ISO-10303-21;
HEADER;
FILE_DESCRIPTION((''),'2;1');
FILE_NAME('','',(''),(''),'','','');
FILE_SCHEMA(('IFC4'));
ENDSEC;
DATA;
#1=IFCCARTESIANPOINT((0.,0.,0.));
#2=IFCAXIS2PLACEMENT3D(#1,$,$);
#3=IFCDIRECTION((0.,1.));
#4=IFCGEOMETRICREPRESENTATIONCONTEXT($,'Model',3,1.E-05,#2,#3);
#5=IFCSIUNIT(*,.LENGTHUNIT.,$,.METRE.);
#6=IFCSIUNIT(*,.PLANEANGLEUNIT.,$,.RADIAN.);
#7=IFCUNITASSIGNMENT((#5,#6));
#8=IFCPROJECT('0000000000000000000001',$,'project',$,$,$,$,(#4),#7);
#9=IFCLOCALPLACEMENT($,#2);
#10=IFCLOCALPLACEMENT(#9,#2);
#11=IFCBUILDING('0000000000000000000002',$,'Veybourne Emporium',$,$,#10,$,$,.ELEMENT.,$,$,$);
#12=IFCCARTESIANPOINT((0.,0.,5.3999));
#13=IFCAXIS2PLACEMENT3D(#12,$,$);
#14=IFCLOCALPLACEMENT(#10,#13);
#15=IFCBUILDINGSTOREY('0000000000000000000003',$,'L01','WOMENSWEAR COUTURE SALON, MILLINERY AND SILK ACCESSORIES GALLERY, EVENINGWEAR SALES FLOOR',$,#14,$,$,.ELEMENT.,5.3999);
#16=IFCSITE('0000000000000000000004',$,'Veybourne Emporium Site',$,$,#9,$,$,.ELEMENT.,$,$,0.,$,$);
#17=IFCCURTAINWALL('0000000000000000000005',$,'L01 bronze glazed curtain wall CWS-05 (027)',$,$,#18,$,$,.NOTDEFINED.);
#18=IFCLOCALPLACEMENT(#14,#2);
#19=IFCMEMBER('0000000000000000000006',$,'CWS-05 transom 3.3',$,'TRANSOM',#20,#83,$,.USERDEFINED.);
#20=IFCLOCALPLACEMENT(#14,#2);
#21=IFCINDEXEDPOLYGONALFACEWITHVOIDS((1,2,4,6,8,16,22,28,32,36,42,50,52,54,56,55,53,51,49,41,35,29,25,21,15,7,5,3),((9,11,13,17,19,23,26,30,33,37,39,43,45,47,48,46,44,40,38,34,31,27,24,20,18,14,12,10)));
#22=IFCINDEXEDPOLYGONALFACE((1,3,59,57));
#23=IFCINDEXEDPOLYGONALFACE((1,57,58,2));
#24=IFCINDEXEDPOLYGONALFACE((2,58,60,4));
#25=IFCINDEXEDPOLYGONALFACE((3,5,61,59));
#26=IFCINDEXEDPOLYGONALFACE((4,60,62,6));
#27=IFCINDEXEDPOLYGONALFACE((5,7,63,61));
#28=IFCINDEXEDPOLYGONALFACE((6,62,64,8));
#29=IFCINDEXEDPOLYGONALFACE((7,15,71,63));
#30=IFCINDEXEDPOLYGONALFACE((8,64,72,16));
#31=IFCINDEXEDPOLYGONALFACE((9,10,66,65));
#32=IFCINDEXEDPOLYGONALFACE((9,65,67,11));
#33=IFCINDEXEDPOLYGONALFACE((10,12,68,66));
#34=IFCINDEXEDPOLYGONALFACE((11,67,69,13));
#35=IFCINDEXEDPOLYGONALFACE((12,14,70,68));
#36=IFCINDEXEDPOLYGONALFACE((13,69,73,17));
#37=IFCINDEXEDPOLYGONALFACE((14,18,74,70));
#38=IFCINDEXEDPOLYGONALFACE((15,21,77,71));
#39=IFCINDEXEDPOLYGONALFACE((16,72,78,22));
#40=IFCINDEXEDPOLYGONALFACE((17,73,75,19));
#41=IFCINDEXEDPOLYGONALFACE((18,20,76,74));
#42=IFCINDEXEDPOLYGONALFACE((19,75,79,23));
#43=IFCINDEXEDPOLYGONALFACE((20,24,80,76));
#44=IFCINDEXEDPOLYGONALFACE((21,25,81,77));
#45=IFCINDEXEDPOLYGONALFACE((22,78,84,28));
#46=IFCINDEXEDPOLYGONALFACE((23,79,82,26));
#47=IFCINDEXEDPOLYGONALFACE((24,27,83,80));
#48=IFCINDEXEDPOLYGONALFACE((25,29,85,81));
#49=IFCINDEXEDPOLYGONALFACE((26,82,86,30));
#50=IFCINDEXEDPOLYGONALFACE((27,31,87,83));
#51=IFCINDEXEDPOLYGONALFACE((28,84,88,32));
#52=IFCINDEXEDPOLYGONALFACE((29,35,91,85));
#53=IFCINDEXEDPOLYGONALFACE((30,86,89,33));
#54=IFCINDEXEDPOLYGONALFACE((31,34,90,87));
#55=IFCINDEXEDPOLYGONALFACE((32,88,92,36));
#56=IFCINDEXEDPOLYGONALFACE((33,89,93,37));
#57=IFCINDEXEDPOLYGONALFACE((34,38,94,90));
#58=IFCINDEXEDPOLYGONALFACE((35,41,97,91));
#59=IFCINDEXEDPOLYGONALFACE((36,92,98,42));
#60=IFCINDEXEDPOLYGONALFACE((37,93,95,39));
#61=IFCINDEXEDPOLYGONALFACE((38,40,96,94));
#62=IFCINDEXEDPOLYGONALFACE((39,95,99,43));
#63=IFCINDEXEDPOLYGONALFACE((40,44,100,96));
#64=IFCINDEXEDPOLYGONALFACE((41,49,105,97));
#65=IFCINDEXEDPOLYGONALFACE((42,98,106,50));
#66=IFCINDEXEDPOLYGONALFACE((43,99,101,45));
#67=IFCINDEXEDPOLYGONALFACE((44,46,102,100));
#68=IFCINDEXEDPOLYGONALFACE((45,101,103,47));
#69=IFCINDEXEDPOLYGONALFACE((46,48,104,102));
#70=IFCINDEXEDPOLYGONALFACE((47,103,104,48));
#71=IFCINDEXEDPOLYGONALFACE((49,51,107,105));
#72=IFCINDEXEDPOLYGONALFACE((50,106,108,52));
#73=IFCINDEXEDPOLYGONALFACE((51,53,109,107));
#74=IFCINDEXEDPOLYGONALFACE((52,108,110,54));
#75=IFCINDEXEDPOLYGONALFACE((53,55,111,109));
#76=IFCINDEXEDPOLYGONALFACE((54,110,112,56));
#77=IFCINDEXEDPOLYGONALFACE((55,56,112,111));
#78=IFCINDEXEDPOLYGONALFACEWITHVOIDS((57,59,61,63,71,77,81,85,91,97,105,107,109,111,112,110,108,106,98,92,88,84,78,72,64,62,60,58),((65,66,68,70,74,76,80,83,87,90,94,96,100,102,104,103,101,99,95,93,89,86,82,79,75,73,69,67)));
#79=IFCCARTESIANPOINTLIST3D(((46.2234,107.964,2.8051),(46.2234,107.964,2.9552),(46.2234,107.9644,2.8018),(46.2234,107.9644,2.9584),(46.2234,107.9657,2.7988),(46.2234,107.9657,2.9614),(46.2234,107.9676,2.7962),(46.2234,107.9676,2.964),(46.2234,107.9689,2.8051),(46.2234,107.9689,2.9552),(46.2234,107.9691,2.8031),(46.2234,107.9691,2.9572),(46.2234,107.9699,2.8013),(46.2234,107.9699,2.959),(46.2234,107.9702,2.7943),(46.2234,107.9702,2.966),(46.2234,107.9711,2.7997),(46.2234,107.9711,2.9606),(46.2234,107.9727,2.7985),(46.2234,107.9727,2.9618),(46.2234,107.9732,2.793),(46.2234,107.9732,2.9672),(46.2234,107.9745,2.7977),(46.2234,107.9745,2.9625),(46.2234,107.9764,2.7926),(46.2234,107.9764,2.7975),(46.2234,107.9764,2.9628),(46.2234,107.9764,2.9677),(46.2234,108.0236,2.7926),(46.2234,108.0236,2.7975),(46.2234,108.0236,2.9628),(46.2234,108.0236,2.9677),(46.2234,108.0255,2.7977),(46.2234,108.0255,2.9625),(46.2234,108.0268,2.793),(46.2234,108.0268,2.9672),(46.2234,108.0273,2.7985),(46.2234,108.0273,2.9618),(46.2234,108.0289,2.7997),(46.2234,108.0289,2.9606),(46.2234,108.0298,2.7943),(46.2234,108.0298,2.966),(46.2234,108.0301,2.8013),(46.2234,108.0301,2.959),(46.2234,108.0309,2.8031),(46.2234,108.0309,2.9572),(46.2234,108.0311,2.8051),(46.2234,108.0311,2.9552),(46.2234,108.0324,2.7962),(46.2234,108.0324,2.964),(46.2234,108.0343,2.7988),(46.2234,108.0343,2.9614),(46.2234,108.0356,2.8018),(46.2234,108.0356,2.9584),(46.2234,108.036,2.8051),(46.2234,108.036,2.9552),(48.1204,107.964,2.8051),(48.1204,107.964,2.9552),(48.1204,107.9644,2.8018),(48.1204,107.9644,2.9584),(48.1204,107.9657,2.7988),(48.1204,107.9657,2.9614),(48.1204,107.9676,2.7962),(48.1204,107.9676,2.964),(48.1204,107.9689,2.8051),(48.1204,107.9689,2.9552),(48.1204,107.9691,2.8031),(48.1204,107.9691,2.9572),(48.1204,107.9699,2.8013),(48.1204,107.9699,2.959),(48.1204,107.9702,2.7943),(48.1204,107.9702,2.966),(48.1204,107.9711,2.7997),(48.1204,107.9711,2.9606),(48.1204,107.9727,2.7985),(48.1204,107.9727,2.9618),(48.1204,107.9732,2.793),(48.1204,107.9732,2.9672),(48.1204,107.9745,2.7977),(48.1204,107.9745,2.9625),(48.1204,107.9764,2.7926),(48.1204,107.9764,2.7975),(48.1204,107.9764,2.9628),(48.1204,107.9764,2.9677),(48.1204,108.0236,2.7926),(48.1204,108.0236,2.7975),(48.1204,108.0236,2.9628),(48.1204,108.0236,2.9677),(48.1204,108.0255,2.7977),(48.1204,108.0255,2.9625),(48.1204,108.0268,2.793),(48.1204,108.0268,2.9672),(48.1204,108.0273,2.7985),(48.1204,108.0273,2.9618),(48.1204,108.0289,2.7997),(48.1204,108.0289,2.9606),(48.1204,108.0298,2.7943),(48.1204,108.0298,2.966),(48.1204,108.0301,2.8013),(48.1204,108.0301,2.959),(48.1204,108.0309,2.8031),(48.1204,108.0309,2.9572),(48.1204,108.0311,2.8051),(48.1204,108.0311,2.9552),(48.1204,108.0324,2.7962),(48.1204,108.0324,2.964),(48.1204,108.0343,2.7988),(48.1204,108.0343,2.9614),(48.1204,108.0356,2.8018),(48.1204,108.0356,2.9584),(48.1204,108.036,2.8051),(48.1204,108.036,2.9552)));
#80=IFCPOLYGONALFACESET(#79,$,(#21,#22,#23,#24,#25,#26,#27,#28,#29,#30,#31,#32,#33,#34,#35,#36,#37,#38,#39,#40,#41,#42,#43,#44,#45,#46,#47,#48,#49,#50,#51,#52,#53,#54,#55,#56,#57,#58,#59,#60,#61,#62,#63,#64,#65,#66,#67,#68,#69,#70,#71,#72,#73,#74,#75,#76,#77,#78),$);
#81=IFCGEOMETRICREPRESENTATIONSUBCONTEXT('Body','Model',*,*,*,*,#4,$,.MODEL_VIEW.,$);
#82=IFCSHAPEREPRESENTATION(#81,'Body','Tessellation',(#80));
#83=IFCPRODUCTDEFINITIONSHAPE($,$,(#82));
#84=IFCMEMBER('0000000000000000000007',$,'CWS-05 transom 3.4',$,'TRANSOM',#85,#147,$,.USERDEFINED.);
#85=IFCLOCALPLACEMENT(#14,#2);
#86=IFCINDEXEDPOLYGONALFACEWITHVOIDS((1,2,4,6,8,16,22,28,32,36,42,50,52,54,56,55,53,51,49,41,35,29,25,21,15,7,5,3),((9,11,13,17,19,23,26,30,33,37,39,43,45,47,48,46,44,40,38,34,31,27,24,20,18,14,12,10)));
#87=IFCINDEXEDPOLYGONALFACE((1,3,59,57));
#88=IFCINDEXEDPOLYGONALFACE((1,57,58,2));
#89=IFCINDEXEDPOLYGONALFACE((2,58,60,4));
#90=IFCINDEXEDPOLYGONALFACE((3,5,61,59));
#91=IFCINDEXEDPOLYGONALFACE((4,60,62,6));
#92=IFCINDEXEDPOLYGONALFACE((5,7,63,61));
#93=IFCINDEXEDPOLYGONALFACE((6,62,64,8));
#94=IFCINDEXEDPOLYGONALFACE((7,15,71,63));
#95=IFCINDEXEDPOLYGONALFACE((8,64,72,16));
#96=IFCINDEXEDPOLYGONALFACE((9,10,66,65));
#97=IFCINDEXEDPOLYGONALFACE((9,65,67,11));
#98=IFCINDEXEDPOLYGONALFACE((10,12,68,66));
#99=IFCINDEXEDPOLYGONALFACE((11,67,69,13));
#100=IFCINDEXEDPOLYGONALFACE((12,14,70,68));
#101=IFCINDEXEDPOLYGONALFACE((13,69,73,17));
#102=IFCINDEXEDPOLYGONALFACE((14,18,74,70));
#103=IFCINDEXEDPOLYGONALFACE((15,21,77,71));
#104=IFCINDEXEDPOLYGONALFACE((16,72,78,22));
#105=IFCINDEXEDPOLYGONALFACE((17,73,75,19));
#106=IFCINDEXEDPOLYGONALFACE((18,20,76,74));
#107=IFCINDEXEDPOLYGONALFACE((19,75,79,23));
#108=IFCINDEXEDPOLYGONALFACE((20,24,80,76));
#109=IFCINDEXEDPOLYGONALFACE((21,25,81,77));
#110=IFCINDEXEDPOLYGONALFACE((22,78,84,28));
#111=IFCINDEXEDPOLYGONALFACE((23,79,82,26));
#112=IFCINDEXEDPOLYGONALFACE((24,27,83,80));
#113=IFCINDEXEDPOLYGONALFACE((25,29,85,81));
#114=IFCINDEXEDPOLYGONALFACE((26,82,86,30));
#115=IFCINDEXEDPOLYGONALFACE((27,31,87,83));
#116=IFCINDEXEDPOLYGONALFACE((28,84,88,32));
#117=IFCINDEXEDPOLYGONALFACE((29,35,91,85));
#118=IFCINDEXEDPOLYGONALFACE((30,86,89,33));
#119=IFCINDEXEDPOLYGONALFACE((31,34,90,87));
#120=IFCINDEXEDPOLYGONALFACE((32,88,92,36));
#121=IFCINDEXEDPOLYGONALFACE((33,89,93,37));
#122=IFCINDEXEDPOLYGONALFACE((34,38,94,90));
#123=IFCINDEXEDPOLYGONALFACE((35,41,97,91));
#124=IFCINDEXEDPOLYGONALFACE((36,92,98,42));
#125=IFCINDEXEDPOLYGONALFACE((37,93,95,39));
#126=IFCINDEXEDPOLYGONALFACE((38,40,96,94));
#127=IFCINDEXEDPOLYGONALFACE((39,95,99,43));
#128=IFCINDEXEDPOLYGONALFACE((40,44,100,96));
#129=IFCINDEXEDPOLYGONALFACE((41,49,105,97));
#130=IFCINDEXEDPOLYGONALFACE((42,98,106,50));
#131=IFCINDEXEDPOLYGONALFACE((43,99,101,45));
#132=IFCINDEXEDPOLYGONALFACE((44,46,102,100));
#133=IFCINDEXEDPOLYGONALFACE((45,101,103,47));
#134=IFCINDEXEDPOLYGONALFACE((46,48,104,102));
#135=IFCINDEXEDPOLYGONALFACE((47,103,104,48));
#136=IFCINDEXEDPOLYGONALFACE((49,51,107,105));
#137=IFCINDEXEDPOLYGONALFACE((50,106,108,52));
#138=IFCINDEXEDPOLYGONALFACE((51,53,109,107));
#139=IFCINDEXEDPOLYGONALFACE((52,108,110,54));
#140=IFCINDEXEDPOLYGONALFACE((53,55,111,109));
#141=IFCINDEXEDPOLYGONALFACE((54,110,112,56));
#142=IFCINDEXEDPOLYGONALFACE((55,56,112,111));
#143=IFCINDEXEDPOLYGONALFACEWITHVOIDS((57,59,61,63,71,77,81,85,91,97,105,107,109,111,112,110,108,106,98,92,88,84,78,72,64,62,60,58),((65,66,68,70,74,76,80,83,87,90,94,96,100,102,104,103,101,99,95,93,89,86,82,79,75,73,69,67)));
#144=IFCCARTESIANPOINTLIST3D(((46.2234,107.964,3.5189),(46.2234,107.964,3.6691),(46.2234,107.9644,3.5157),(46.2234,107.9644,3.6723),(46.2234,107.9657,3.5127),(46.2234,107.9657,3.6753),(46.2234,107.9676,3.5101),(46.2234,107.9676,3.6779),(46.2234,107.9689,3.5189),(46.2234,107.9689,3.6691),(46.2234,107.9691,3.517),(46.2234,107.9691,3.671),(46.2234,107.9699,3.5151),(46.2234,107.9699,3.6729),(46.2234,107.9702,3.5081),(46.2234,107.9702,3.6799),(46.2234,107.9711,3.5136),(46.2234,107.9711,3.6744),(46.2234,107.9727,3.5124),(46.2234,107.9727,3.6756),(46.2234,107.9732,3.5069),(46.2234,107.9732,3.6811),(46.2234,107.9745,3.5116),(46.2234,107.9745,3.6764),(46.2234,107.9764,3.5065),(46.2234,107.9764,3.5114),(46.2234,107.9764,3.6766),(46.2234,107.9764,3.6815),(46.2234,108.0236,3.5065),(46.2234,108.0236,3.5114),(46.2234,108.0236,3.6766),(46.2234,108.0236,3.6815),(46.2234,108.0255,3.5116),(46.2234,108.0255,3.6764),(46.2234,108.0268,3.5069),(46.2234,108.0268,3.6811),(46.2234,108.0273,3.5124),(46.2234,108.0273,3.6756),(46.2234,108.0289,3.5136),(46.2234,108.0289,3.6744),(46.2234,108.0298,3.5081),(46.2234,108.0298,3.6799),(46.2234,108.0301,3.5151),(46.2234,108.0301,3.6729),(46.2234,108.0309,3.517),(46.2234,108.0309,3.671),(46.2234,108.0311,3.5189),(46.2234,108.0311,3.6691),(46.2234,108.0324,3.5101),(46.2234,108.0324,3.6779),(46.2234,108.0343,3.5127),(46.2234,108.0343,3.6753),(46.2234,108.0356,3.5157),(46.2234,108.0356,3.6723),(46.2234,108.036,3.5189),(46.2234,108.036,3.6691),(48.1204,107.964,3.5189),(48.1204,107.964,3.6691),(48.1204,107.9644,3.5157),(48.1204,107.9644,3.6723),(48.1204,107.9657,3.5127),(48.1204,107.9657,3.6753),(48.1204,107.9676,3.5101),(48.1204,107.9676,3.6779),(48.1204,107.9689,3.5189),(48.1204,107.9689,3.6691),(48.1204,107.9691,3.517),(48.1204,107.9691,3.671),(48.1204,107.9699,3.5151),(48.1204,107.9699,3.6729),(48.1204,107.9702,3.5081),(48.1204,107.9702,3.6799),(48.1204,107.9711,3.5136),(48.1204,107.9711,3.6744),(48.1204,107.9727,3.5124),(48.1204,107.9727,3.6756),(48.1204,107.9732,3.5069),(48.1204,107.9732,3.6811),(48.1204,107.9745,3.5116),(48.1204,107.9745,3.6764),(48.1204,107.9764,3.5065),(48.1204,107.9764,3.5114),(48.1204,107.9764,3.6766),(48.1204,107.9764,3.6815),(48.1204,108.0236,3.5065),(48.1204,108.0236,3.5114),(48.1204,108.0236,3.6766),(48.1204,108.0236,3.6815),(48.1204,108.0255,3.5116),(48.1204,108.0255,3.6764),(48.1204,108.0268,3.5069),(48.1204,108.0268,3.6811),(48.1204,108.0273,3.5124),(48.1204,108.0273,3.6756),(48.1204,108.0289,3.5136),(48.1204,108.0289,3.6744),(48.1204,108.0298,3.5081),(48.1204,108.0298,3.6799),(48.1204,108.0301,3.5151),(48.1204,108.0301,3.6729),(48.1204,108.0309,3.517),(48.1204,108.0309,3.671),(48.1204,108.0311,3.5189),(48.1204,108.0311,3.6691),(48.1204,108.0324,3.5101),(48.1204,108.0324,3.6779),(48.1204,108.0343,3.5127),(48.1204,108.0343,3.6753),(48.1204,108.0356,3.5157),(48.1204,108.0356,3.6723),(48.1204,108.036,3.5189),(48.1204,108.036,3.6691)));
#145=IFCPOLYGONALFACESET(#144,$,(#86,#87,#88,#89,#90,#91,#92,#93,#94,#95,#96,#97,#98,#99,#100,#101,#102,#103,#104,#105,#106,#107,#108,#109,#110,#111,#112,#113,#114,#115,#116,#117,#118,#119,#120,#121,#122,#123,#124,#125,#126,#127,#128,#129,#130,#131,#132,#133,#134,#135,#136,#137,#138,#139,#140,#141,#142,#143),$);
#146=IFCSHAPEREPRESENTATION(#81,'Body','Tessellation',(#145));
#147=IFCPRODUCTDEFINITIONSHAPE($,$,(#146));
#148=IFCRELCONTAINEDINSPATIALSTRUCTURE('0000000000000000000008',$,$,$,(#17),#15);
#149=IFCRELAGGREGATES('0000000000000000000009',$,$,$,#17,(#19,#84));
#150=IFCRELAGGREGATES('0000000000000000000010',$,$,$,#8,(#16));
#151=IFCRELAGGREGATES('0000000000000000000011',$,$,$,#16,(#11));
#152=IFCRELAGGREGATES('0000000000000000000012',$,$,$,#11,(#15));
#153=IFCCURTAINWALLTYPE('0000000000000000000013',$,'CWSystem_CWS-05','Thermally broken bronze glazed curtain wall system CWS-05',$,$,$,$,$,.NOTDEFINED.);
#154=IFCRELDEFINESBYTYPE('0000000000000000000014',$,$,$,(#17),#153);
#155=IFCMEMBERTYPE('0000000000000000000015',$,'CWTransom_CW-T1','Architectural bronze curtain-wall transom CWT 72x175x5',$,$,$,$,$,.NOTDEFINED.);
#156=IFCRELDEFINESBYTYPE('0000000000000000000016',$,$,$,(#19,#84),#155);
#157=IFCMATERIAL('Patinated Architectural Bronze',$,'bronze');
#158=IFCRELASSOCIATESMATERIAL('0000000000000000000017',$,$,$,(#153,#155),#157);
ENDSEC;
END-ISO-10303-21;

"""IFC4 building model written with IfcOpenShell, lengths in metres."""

from ifc_helpers import new_model, si_unit, direction, frame, origin, origin_2d, place, context, subcontext, project, spatial, hollow_rectangle, extrude, material, material_profile, profile_set, type_object, element, aggregate, save


model = new_model("IFC4")

# Units and contexts
model_context = context("Model", 3, precision=1e-05, world=origin(), true_north=direction((0.0, 1.0)))
body_context = subcontext(model_context, "Body", "Model", "MODEL_VIEW")
ifc_project = project(units=[si_unit("LENGTHUNIT", "METRE"), si_unit("PLANEANGLEUNIT", "RADIAN")], contexts=[model_context])

# Site, building, storey
site_placement = place(None, origin())
site = spatial("IfcSite", under=ifc_project, at=site_placement, Name="Veybourne Emporium Site", CompositionType="ELEMENT", RefElevation=0.0)
building_placement = place(site_placement, origin())
building = spatial("IfcBuilding", under=site, at=building_placement, Name="Veybourne Emporium", CompositionType="ELEMENT")
storey_placement = place(building_placement, frame((0.0, 0.0, 5.3999)))
storey = spatial("IfcBuildingStorey", under=building, at=storey_placement, Name="L01", Description="WOMENSWEAR COUTURE SALON, MILLINERY AND SILK ACCESSORIES GALLERY, EVENINGWEAR SALES FLOOR", CompositionType="ELEMENT", Elevation=5.3999)

# Curtain wall, members
ifc_material_1 = material(Name="Patinated Architectural Bronze", Category="bronze")
curtain_wall_type = type_object("IfcCurtainWallType", Name="CWSystem_CWS-05", Description="Thermally broken bronze glazed curtain wall system CWS-05", PredefinedType="NOTDEFINED", material=ifc_material_1)
curtain_wall_placement = place(storey_placement, origin())
curtain_wall = element("IfcCurtainWall", 1, at=curtain_wall_placement, inside=storey, type_object=curtain_wall_type, Name="L01 bronze glazed curtain wall CWS-05 (027)", PredefinedType="NOTDEFINED")
ifc_material_profile_1 = material_profile(ifc_material_1, hollow_rectangle(XDim=0.072, YDim=0.175, WallThickness=0.0049, InnerFilletRadius=0.0076, OuterFilletRadius=0.0125, at=origin_2d()), Name="CWT 72x175x5")
ifc_profile_set_1 = profile_set([ifc_material_profile_1], Name="Patinated Architectural Bronze")
member_type_1 = type_object("IfcMemberType", Name="CWTransom_CW-T1", Description="Architectural bronze curtain-wall transom CWT 72x175x5", PredefinedType="NOTDEFINED", material=ifc_profile_set_1)
member_1_placement = place(storey_placement, frame((46.2234, 108.0, 2.8801), z_axis=(1.0, 0.0, 0.0), x_axis=(0.0, 1.0, 0.0)))
member_1 = element("IfcMember", 2, at=member_1_placement, type_object=member_type_1, Name="CWS-05 transom 3.3", ObjectType="TRANSOM", PredefinedType="USERDEFINED", context=body_context, shape_type="SweptSolid", body=[
    extrude(hollow_rectangle(XDim=0.072, YDim=0.175, WallThickness=0.0049, InnerFilletRadius=0.0076, OuterFilletRadius=0.0125, at=origin_2d()), origin(), (0.0, 0.0, 1.0), 1.897),
])
member_2_placement = place(storey_placement, frame((46.2234, 108.0, 3.594), z_axis=(1.0, 0.0, 0.0), x_axis=(0.0, 1.0, 0.0)))
member_2 = element("IfcMember", 3, at=member_2_placement, type_object=member_type_1, Name="CWS-05 transom 3.4", ObjectType="TRANSOM", PredefinedType="USERDEFINED", context=body_context, shape_type="SweptSolid", body=[
    extrude(hollow_rectangle(XDim=0.072, YDim=0.175, WallThickness=0.0049, InnerFilletRadius=0.0076, OuterFilletRadius=0.0125, at=origin_2d()), origin(), (0.0, 0.0, 1.0), 1.897),
])
aggregate(curtain_wall, [member_1, member_2])

save(model, "model.ifc")
